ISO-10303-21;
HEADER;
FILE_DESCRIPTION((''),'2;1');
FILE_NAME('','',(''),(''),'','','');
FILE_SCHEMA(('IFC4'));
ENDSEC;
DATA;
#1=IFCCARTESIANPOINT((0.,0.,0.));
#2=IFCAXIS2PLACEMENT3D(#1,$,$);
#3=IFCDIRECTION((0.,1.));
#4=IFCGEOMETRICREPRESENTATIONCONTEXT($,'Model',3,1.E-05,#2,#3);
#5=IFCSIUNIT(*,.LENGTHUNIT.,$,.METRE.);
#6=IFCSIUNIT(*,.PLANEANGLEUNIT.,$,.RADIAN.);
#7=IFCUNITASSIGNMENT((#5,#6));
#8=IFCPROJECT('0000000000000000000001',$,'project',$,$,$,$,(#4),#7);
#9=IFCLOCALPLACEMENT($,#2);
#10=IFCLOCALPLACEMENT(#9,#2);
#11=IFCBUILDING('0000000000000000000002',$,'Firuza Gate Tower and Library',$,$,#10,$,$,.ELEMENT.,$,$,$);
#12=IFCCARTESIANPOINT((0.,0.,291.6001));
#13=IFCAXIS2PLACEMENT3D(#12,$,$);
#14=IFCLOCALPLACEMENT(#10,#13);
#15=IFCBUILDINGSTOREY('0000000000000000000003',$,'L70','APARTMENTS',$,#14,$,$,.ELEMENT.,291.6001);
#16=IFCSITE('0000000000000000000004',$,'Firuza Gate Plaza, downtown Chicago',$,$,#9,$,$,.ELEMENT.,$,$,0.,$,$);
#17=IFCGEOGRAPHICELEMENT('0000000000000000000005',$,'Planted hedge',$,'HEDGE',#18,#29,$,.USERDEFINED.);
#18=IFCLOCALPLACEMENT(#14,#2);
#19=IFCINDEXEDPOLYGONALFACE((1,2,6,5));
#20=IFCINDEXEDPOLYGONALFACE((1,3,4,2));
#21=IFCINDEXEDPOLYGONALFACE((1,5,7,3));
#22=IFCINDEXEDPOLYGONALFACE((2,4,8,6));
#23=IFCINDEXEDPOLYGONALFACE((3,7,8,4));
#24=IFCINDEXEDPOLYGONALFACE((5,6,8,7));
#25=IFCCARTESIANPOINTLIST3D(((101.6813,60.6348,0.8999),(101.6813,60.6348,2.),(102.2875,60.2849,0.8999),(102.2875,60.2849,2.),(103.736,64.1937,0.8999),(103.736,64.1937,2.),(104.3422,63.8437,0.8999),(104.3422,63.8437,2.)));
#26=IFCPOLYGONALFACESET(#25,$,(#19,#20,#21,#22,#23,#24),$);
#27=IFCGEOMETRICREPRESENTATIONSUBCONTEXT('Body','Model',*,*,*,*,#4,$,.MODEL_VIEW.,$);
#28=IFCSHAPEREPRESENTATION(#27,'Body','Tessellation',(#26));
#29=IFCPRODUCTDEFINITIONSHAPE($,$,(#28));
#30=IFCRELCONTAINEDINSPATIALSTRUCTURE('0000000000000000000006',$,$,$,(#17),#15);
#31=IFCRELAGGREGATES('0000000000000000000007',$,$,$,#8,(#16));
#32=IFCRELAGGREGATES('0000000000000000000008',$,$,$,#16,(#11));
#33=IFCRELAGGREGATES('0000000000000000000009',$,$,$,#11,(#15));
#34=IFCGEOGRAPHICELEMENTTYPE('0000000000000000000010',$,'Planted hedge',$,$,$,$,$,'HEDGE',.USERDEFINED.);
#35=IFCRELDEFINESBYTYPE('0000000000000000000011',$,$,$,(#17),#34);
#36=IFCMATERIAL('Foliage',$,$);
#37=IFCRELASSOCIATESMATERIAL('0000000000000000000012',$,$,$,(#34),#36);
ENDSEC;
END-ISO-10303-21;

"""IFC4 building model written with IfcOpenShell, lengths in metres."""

from ifc_helpers import new_model, si_unit, direction, frame, origin, origin_2d, place, context, subcontext, project, spatial, rectangle, extrude, material, type_object, element, save


model = new_model("IFC4")

# Units and contexts
model_context = context("Model", 3, precision=1e-05, world=origin(), true_north=direction((0.0, 1.0)))
body_context = subcontext(model_context, "Body", "Model", "MODEL_VIEW")
ifc_project = project(units=[si_unit("LENGTHUNIT", "METRE"), si_unit("PLANEANGLEUNIT", "RADIAN")], contexts=[model_context])

# Site, building, storey
site_placement = place(None, origin())
site = spatial("IfcSite", under=ifc_project, at=site_placement, Name="Firuza Gate Plaza, downtown Chicago", CompositionType="ELEMENT", RefElevation=0.0)
building_placement = place(site_placement, origin())
building = spatial("IfcBuilding", under=site, at=building_placement, Name="Firuza Gate Tower and Library", CompositionType="ELEMENT")
storey_placement = place(building_placement, frame((0.0, 0.0, 291.6001)))
storey = spatial("IfcBuildingStorey", under=building, at=storey_placement, Name="L70", Description="APARTMENTS", CompositionType="ELEMENT", Elevation=291.6001)

# Geographic element
ifc_material_1 = material(Name="Foliage")
geographic_element_type = type_object("IfcGeographicElementType", Name="Planted hedge", ElementType="HEDGE", PredefinedType="USERDEFINED", material=ifc_material_1)
geographic_element_1_placement = place(storey_placement, frame((103.0117, 62.2393, 0.8999), z_axis=(0.0, 0.0, 1.0), x_axis=(0.5, 0.866025, 0.0)))
element("IfcGeographicElement", 1, at=geographic_element_1_placement, inside=storey, type_object=geographic_element_type, Name="Planted hedge", ObjectType="HEDGE", PredefinedType="USERDEFINED", context=body_context, shape_type="SweptSolid", body=[
    extrude(rectangle(XDim=4.1094, YDim=0.7, at=origin_2d()), origin(), (0.0, 0.0, 1.0), 1.1001),
])

save(model, "model.ifc")
